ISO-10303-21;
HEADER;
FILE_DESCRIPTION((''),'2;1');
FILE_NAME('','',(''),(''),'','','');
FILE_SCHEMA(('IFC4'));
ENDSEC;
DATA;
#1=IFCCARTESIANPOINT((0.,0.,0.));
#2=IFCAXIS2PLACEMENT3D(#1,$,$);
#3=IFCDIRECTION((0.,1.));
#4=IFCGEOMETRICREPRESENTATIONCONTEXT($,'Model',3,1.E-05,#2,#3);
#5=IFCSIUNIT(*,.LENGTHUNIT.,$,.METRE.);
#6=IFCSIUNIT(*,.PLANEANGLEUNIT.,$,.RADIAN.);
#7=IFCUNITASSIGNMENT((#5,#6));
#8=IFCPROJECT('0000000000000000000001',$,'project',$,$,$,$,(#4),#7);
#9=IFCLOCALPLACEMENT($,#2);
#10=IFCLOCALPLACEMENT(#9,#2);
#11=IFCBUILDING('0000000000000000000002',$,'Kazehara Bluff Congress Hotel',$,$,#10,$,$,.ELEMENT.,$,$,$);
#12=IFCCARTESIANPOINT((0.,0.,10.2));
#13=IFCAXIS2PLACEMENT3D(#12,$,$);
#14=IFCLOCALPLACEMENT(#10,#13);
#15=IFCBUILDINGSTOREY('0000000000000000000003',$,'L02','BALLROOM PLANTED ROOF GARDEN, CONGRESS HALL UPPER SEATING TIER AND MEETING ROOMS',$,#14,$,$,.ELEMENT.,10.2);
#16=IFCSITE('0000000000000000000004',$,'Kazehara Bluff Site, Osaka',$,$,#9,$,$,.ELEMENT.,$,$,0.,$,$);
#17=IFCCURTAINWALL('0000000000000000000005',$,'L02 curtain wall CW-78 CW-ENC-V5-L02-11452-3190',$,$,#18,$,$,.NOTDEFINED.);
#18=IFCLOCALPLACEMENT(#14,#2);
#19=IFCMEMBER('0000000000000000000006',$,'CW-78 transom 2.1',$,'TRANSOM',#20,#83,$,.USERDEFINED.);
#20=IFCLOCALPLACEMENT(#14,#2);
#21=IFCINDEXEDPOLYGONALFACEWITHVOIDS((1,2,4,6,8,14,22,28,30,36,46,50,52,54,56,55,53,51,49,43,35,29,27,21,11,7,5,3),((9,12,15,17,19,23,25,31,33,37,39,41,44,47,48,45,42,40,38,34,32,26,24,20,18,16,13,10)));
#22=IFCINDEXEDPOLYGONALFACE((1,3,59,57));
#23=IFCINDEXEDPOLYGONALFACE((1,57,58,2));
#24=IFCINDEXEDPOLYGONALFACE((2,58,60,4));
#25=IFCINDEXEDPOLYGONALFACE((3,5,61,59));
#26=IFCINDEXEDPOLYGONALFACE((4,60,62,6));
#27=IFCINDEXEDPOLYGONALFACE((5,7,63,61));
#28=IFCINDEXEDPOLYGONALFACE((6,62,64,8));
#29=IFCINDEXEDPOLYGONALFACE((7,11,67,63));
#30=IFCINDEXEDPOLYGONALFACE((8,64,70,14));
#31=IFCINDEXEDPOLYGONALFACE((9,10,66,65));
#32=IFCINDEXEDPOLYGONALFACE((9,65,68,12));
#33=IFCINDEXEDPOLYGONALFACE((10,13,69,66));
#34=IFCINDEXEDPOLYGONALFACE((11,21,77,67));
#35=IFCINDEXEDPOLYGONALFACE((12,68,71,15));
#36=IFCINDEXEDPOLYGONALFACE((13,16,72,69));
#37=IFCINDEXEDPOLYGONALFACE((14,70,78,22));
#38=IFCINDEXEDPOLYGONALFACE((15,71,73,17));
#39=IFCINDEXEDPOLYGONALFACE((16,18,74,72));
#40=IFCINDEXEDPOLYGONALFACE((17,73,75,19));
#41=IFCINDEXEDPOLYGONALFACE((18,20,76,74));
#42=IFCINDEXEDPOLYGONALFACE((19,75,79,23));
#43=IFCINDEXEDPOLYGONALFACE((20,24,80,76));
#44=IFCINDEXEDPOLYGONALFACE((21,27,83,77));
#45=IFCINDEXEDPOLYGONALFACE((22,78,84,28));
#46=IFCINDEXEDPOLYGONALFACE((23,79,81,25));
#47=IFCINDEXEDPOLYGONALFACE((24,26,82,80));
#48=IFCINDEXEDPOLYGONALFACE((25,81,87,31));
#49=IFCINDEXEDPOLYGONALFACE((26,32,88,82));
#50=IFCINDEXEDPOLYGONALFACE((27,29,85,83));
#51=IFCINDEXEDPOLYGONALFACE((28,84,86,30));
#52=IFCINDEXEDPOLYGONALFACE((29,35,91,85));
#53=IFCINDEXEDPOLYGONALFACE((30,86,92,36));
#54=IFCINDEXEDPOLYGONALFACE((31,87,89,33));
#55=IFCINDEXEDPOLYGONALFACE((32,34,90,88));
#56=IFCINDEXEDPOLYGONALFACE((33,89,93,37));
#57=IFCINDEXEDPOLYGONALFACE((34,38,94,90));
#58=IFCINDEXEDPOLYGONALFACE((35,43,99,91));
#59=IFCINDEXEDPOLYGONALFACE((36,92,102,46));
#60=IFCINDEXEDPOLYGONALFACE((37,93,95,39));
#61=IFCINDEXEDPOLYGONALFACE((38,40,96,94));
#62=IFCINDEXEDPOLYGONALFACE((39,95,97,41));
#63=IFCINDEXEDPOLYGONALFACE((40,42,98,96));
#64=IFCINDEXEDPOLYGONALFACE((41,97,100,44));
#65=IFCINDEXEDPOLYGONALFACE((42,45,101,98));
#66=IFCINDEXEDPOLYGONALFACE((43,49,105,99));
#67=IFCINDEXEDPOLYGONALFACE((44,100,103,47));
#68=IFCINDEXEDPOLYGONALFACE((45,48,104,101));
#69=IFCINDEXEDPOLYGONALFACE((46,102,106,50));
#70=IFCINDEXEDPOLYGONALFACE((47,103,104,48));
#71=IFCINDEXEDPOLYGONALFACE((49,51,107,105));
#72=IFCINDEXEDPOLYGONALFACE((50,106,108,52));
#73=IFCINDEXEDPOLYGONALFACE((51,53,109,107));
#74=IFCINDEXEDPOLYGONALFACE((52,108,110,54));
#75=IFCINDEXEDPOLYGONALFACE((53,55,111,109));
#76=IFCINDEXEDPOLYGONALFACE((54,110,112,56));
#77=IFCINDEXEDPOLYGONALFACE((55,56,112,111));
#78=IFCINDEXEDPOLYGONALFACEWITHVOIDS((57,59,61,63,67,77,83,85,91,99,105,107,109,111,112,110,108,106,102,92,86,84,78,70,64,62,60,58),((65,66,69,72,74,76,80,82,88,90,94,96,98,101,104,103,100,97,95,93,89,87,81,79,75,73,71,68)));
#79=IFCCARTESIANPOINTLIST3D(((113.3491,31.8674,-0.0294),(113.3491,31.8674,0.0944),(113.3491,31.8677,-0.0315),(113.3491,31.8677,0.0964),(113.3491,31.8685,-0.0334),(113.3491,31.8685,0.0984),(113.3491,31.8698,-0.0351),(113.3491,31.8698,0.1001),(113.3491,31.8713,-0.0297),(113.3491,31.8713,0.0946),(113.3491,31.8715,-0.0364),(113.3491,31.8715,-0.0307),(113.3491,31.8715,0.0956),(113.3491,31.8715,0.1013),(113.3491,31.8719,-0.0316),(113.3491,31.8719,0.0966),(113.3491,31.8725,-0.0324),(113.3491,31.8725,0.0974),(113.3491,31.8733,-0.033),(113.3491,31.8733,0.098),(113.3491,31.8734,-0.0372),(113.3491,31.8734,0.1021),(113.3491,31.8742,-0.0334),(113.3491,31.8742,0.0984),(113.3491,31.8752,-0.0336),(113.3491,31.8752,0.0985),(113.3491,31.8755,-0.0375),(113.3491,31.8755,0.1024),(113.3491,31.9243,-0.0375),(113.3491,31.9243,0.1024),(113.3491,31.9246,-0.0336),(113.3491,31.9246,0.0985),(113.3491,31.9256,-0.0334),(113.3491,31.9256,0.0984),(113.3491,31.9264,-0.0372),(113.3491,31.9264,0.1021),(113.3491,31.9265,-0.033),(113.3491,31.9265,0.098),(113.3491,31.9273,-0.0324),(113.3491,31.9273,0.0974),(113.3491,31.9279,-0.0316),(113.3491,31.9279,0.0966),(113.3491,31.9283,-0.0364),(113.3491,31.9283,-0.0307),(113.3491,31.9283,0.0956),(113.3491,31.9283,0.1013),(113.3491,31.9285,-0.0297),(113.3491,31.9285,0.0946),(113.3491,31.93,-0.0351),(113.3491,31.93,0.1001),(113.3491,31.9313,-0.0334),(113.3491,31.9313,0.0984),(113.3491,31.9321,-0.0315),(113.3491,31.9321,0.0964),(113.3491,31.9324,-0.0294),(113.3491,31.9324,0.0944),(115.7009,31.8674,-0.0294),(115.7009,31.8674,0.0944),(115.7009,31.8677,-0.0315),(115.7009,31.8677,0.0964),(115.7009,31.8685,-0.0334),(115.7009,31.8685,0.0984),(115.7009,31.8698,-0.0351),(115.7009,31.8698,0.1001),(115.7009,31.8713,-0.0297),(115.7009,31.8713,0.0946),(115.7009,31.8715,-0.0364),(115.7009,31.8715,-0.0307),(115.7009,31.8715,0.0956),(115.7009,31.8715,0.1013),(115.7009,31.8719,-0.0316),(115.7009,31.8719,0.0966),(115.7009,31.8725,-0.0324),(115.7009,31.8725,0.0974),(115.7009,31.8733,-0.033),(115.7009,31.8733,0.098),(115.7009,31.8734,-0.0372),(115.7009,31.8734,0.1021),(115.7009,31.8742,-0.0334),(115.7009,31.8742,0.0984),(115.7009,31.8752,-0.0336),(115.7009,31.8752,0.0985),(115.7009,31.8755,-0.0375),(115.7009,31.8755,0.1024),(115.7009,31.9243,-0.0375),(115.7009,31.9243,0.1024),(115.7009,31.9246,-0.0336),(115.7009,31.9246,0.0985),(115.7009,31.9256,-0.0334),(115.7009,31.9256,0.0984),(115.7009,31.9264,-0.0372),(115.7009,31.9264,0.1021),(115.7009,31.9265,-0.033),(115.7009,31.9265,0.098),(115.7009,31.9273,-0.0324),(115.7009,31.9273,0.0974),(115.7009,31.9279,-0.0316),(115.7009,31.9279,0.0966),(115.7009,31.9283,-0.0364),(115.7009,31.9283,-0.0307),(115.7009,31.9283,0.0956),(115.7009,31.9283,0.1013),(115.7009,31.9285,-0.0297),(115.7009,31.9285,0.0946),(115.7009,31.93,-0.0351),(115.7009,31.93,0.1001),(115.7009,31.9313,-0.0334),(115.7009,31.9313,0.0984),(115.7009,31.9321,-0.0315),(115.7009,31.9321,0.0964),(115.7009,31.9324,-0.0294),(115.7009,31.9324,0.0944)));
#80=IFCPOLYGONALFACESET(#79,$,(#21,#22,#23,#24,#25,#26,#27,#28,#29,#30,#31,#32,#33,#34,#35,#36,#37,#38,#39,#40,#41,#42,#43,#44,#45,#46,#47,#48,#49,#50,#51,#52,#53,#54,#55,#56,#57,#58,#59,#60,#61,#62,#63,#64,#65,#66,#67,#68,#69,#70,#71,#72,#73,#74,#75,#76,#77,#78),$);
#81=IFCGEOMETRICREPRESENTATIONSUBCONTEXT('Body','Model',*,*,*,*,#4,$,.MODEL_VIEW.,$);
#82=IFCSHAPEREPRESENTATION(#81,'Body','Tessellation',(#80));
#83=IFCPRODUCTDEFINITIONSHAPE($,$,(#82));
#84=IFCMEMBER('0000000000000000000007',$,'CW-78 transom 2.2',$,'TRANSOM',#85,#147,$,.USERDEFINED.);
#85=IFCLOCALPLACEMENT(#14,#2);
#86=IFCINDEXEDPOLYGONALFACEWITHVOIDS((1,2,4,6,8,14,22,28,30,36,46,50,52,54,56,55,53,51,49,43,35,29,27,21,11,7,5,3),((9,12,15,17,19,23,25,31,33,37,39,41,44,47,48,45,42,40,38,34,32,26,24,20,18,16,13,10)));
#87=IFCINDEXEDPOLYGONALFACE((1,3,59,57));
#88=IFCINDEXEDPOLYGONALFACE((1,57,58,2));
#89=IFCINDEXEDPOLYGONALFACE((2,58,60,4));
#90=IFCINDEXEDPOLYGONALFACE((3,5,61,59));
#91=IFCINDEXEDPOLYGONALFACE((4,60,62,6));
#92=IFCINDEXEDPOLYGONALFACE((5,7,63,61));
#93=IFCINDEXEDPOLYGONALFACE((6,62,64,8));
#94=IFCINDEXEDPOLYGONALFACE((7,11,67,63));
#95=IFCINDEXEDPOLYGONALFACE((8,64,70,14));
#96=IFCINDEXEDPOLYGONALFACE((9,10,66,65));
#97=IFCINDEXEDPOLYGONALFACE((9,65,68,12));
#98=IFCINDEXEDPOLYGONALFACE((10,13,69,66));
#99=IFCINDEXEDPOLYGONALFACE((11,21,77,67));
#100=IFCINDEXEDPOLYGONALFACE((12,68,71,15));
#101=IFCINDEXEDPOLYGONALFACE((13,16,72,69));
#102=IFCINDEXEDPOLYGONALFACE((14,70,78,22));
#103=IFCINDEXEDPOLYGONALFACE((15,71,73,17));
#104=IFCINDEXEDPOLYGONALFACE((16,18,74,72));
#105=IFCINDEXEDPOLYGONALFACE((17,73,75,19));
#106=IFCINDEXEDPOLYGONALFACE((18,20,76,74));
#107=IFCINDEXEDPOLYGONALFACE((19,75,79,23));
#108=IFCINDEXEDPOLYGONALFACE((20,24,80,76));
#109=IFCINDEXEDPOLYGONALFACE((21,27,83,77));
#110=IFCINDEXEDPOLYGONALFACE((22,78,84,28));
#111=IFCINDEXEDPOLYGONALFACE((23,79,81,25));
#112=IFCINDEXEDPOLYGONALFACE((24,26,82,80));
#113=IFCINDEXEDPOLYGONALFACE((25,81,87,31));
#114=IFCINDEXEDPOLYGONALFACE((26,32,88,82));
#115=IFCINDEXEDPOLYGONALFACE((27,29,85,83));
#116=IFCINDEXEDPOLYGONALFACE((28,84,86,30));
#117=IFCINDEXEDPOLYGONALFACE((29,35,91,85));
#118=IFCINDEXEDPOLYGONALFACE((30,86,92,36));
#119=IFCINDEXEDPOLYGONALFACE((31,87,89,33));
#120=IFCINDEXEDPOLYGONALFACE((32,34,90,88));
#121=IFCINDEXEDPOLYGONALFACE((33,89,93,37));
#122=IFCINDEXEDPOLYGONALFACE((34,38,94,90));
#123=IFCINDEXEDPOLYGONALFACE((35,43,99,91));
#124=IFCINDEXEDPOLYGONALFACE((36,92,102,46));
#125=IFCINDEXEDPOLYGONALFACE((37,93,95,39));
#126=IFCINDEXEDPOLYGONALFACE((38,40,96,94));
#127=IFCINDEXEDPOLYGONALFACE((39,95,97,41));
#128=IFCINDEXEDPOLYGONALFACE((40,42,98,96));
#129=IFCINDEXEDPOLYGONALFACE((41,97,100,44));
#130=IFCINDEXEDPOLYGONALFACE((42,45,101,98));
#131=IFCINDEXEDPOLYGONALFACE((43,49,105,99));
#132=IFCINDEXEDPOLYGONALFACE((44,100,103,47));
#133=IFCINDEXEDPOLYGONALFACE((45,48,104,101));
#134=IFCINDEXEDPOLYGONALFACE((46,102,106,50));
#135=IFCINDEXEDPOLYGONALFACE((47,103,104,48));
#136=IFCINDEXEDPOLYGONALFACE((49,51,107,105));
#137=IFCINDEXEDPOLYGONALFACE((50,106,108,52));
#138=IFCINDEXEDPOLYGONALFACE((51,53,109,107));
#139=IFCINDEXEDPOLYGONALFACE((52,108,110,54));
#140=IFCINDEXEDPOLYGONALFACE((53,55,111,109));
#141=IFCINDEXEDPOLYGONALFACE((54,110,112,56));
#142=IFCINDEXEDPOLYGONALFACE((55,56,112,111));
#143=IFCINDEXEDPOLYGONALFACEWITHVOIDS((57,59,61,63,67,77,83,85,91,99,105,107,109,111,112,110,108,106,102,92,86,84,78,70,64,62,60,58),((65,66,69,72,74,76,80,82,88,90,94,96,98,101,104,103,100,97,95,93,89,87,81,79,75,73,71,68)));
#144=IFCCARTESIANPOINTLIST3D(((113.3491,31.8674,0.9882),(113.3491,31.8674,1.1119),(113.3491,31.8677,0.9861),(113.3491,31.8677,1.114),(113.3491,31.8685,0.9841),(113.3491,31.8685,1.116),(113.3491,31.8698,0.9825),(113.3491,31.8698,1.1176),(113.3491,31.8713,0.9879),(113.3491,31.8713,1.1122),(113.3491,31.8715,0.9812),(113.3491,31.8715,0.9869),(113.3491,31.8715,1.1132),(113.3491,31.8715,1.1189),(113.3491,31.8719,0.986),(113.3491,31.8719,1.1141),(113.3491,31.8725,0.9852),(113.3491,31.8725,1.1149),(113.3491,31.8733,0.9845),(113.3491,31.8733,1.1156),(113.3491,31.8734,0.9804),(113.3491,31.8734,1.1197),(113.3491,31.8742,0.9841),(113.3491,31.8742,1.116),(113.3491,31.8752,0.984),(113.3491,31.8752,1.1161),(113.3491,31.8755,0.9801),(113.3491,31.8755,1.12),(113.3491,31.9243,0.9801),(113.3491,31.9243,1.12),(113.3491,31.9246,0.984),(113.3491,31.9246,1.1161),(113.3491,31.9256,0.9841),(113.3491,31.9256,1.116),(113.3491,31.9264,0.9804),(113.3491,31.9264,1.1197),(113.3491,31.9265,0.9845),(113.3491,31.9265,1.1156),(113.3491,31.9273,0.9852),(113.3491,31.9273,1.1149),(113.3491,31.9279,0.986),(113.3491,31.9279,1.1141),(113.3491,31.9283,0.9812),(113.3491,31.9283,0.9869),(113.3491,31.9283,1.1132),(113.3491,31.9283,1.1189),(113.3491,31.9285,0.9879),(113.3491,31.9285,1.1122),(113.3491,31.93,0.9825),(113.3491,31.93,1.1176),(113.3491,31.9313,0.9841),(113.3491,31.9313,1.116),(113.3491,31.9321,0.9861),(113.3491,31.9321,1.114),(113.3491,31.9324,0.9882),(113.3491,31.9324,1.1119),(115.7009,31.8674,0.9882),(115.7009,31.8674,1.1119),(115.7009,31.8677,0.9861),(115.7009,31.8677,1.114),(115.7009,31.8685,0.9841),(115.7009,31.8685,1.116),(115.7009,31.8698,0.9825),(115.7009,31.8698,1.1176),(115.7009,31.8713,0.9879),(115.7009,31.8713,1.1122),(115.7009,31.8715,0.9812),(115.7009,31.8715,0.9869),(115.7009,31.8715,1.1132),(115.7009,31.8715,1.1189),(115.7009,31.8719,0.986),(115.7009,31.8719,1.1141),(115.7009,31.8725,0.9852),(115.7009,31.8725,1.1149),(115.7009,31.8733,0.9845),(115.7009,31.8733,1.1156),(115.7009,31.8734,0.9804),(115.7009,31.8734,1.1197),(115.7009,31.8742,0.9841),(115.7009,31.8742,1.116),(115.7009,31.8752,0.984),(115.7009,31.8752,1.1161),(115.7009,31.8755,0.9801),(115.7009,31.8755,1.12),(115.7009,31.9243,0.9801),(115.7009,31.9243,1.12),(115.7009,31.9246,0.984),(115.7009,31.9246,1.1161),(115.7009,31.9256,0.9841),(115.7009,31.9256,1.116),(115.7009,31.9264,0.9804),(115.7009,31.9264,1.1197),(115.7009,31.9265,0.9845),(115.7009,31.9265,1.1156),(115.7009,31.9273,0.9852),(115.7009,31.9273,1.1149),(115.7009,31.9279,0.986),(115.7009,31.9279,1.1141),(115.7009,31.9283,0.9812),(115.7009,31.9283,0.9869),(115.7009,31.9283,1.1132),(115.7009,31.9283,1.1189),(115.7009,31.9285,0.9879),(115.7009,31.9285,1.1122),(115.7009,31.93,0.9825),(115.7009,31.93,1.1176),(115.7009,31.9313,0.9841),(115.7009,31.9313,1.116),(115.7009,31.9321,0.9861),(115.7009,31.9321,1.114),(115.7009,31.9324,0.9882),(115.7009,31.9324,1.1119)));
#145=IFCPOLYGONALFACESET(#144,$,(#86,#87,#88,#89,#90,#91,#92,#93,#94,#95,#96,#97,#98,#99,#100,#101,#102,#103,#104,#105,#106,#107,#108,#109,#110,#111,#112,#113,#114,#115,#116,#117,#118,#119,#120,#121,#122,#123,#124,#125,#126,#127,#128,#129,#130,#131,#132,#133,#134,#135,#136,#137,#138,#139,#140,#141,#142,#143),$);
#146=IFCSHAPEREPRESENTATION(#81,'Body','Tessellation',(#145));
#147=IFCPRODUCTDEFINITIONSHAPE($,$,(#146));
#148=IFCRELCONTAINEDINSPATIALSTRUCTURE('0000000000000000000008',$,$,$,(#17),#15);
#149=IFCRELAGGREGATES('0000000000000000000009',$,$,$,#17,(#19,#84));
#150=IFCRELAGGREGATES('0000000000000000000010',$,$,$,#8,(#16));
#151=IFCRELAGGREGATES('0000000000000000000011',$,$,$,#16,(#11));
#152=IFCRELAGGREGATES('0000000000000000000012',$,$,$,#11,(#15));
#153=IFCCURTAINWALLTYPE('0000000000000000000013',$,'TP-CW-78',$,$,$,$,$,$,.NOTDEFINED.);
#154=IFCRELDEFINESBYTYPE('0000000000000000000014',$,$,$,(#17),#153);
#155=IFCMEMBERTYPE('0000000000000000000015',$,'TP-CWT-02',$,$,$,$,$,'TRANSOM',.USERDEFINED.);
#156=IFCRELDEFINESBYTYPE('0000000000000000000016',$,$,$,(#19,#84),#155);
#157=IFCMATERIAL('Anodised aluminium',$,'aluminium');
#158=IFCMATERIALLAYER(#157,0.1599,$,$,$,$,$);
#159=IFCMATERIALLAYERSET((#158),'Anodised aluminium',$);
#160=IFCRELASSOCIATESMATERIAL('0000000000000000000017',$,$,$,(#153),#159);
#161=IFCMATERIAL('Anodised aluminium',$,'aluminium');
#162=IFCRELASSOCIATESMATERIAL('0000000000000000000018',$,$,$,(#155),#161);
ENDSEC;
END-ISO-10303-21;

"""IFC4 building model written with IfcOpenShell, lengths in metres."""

from ifc_helpers import new_model, si_unit, direction, frame, origin, origin_2d, place, context, subcontext, project, spatial, hollow_rectangle, extrude, material, layer, layer_set, material_profile, profile_set, type_object, element, aggregate, save


model = new_model("IFC4")

# Units and contexts
model_context = context("Model", 3, precision=1e-05, world=origin(), true_north=direction((0.0, 1.0)))
body_context = subcontext(model_context, "Body", "Model", "MODEL_VIEW")
ifc_project = project(units=[si_unit("LENGTHUNIT", "METRE"), si_unit("PLANEANGLEUNIT", "RADIAN")], contexts=[model_context])

# Site, building, storey
site_placement = place(None, origin())
site = spatial("IfcSite", under=ifc_project, at=site_placement, Name="Kazehara Bluff Site, Osaka", CompositionType="ELEMENT", RefElevation=0.0)
building_placement = place(site_placement, origin())
building = spatial("IfcBuilding", under=site, at=building_placement, Name="Kazehara Bluff Congress Hotel", CompositionType="ELEMENT")
storey_placement = place(building_placement, frame((0.0, 0.0, 10.2)))
storey = spatial("IfcBuildingStorey", under=building, at=storey_placement, Name="L02", Description="BALLROOM PLANTED ROOF GARDEN, CONGRESS HALL UPPER SEATING TIER AND MEETING ROOMS", CompositionType="ELEMENT", Elevation=10.2)

# Curtain wall, members
ifc_material_1 = material(Name="Anodised aluminium", Category="aluminium")
ifc_layer_1 = layer(ifc_material_1, 0.1599)
ifc_layer_set_1 = layer_set([ifc_layer_1], Name="Anodised aluminium")
curtain_wall_type = type_object("IfcCurtainWallType", Name="TP-CW-78", PredefinedType="NOTDEFINED", material=ifc_layer_set_1)
curtain_wall_placement = place(storey_placement, origin())
curtain_wall = element("IfcCurtainWall", 1, at=curtain_wall_placement, inside=storey, type_object=curtain_wall_type, Name="L02 curtain wall CW-78 CW-ENC-V5-L02-11452-3190", PredefinedType="NOTDEFINED")
ifc_material_2 = material(Name="Anodised aluminium", Category="aluminium")
ifc_material_profile_1 = material_profile(ifc_material_2, hollow_rectangle(XDim=0.0649, YDim=0.1399, WallThickness=0.0039, InnerFilletRadius=0.0039, OuterFilletRadius=0.0081, at=origin_2d()))
ifc_profile_set_1 = profile_set([ifc_material_profile_1], Name="Anodised aluminium")
member_type_1 = type_object("IfcMemberType", Name="TP-CWT-02", ElementType="TRANSOM", PredefinedType="USERDEFINED", material=ifc_profile_set_1)
member_1_placement = place(storey_placement, frame((113.3491, 31.8999, 0.0325), z_axis=(1.0, 0.0, 0.0), x_axis=(0.0, 1.0, 0.0)))
member_1 = element("IfcMember", 2, at=member_1_placement, type_object=member_type_1, Name="CW-78 transom 2.1", ObjectType="TRANSOM", PredefinedType="USERDEFINED", context=body_context, shape_type="SweptSolid", body=[
    extrude(hollow_rectangle(XDim=0.0649, YDim=0.1399, WallThickness=0.0039, InnerFilletRadius=0.0039, OuterFilletRadius=0.0081, at=origin_2d()), origin(), (0.0, 0.0, 1.0), 2.3518),
])
member_2_placement = place(storey_placement, frame((113.3491, 31.8999, 1.05), z_axis=(1.0, 0.0, 0.0), x_axis=(0.0, 1.0, 0.0)))
member_2 = element("IfcMember", 3, at=member_2_placement, type_object=member_type_1, Name="CW-78 transom 2.2", ObjectType="TRANSOM", PredefinedType="USERDEFINED", context=body_context, shape_type="SweptSolid", body=[
    extrude(hollow_rectangle(XDim=0.0649, YDim=0.1399, WallThickness=0.0039, InnerFilletRadius=0.0039, OuterFilletRadius=0.0081, at=origin_2d()), origin(), (0.0, 0.0, 1.0), 2.3518),
])

aggregate(curtain_wall, [member_1, member_2])

save(model, "model.ifc")
